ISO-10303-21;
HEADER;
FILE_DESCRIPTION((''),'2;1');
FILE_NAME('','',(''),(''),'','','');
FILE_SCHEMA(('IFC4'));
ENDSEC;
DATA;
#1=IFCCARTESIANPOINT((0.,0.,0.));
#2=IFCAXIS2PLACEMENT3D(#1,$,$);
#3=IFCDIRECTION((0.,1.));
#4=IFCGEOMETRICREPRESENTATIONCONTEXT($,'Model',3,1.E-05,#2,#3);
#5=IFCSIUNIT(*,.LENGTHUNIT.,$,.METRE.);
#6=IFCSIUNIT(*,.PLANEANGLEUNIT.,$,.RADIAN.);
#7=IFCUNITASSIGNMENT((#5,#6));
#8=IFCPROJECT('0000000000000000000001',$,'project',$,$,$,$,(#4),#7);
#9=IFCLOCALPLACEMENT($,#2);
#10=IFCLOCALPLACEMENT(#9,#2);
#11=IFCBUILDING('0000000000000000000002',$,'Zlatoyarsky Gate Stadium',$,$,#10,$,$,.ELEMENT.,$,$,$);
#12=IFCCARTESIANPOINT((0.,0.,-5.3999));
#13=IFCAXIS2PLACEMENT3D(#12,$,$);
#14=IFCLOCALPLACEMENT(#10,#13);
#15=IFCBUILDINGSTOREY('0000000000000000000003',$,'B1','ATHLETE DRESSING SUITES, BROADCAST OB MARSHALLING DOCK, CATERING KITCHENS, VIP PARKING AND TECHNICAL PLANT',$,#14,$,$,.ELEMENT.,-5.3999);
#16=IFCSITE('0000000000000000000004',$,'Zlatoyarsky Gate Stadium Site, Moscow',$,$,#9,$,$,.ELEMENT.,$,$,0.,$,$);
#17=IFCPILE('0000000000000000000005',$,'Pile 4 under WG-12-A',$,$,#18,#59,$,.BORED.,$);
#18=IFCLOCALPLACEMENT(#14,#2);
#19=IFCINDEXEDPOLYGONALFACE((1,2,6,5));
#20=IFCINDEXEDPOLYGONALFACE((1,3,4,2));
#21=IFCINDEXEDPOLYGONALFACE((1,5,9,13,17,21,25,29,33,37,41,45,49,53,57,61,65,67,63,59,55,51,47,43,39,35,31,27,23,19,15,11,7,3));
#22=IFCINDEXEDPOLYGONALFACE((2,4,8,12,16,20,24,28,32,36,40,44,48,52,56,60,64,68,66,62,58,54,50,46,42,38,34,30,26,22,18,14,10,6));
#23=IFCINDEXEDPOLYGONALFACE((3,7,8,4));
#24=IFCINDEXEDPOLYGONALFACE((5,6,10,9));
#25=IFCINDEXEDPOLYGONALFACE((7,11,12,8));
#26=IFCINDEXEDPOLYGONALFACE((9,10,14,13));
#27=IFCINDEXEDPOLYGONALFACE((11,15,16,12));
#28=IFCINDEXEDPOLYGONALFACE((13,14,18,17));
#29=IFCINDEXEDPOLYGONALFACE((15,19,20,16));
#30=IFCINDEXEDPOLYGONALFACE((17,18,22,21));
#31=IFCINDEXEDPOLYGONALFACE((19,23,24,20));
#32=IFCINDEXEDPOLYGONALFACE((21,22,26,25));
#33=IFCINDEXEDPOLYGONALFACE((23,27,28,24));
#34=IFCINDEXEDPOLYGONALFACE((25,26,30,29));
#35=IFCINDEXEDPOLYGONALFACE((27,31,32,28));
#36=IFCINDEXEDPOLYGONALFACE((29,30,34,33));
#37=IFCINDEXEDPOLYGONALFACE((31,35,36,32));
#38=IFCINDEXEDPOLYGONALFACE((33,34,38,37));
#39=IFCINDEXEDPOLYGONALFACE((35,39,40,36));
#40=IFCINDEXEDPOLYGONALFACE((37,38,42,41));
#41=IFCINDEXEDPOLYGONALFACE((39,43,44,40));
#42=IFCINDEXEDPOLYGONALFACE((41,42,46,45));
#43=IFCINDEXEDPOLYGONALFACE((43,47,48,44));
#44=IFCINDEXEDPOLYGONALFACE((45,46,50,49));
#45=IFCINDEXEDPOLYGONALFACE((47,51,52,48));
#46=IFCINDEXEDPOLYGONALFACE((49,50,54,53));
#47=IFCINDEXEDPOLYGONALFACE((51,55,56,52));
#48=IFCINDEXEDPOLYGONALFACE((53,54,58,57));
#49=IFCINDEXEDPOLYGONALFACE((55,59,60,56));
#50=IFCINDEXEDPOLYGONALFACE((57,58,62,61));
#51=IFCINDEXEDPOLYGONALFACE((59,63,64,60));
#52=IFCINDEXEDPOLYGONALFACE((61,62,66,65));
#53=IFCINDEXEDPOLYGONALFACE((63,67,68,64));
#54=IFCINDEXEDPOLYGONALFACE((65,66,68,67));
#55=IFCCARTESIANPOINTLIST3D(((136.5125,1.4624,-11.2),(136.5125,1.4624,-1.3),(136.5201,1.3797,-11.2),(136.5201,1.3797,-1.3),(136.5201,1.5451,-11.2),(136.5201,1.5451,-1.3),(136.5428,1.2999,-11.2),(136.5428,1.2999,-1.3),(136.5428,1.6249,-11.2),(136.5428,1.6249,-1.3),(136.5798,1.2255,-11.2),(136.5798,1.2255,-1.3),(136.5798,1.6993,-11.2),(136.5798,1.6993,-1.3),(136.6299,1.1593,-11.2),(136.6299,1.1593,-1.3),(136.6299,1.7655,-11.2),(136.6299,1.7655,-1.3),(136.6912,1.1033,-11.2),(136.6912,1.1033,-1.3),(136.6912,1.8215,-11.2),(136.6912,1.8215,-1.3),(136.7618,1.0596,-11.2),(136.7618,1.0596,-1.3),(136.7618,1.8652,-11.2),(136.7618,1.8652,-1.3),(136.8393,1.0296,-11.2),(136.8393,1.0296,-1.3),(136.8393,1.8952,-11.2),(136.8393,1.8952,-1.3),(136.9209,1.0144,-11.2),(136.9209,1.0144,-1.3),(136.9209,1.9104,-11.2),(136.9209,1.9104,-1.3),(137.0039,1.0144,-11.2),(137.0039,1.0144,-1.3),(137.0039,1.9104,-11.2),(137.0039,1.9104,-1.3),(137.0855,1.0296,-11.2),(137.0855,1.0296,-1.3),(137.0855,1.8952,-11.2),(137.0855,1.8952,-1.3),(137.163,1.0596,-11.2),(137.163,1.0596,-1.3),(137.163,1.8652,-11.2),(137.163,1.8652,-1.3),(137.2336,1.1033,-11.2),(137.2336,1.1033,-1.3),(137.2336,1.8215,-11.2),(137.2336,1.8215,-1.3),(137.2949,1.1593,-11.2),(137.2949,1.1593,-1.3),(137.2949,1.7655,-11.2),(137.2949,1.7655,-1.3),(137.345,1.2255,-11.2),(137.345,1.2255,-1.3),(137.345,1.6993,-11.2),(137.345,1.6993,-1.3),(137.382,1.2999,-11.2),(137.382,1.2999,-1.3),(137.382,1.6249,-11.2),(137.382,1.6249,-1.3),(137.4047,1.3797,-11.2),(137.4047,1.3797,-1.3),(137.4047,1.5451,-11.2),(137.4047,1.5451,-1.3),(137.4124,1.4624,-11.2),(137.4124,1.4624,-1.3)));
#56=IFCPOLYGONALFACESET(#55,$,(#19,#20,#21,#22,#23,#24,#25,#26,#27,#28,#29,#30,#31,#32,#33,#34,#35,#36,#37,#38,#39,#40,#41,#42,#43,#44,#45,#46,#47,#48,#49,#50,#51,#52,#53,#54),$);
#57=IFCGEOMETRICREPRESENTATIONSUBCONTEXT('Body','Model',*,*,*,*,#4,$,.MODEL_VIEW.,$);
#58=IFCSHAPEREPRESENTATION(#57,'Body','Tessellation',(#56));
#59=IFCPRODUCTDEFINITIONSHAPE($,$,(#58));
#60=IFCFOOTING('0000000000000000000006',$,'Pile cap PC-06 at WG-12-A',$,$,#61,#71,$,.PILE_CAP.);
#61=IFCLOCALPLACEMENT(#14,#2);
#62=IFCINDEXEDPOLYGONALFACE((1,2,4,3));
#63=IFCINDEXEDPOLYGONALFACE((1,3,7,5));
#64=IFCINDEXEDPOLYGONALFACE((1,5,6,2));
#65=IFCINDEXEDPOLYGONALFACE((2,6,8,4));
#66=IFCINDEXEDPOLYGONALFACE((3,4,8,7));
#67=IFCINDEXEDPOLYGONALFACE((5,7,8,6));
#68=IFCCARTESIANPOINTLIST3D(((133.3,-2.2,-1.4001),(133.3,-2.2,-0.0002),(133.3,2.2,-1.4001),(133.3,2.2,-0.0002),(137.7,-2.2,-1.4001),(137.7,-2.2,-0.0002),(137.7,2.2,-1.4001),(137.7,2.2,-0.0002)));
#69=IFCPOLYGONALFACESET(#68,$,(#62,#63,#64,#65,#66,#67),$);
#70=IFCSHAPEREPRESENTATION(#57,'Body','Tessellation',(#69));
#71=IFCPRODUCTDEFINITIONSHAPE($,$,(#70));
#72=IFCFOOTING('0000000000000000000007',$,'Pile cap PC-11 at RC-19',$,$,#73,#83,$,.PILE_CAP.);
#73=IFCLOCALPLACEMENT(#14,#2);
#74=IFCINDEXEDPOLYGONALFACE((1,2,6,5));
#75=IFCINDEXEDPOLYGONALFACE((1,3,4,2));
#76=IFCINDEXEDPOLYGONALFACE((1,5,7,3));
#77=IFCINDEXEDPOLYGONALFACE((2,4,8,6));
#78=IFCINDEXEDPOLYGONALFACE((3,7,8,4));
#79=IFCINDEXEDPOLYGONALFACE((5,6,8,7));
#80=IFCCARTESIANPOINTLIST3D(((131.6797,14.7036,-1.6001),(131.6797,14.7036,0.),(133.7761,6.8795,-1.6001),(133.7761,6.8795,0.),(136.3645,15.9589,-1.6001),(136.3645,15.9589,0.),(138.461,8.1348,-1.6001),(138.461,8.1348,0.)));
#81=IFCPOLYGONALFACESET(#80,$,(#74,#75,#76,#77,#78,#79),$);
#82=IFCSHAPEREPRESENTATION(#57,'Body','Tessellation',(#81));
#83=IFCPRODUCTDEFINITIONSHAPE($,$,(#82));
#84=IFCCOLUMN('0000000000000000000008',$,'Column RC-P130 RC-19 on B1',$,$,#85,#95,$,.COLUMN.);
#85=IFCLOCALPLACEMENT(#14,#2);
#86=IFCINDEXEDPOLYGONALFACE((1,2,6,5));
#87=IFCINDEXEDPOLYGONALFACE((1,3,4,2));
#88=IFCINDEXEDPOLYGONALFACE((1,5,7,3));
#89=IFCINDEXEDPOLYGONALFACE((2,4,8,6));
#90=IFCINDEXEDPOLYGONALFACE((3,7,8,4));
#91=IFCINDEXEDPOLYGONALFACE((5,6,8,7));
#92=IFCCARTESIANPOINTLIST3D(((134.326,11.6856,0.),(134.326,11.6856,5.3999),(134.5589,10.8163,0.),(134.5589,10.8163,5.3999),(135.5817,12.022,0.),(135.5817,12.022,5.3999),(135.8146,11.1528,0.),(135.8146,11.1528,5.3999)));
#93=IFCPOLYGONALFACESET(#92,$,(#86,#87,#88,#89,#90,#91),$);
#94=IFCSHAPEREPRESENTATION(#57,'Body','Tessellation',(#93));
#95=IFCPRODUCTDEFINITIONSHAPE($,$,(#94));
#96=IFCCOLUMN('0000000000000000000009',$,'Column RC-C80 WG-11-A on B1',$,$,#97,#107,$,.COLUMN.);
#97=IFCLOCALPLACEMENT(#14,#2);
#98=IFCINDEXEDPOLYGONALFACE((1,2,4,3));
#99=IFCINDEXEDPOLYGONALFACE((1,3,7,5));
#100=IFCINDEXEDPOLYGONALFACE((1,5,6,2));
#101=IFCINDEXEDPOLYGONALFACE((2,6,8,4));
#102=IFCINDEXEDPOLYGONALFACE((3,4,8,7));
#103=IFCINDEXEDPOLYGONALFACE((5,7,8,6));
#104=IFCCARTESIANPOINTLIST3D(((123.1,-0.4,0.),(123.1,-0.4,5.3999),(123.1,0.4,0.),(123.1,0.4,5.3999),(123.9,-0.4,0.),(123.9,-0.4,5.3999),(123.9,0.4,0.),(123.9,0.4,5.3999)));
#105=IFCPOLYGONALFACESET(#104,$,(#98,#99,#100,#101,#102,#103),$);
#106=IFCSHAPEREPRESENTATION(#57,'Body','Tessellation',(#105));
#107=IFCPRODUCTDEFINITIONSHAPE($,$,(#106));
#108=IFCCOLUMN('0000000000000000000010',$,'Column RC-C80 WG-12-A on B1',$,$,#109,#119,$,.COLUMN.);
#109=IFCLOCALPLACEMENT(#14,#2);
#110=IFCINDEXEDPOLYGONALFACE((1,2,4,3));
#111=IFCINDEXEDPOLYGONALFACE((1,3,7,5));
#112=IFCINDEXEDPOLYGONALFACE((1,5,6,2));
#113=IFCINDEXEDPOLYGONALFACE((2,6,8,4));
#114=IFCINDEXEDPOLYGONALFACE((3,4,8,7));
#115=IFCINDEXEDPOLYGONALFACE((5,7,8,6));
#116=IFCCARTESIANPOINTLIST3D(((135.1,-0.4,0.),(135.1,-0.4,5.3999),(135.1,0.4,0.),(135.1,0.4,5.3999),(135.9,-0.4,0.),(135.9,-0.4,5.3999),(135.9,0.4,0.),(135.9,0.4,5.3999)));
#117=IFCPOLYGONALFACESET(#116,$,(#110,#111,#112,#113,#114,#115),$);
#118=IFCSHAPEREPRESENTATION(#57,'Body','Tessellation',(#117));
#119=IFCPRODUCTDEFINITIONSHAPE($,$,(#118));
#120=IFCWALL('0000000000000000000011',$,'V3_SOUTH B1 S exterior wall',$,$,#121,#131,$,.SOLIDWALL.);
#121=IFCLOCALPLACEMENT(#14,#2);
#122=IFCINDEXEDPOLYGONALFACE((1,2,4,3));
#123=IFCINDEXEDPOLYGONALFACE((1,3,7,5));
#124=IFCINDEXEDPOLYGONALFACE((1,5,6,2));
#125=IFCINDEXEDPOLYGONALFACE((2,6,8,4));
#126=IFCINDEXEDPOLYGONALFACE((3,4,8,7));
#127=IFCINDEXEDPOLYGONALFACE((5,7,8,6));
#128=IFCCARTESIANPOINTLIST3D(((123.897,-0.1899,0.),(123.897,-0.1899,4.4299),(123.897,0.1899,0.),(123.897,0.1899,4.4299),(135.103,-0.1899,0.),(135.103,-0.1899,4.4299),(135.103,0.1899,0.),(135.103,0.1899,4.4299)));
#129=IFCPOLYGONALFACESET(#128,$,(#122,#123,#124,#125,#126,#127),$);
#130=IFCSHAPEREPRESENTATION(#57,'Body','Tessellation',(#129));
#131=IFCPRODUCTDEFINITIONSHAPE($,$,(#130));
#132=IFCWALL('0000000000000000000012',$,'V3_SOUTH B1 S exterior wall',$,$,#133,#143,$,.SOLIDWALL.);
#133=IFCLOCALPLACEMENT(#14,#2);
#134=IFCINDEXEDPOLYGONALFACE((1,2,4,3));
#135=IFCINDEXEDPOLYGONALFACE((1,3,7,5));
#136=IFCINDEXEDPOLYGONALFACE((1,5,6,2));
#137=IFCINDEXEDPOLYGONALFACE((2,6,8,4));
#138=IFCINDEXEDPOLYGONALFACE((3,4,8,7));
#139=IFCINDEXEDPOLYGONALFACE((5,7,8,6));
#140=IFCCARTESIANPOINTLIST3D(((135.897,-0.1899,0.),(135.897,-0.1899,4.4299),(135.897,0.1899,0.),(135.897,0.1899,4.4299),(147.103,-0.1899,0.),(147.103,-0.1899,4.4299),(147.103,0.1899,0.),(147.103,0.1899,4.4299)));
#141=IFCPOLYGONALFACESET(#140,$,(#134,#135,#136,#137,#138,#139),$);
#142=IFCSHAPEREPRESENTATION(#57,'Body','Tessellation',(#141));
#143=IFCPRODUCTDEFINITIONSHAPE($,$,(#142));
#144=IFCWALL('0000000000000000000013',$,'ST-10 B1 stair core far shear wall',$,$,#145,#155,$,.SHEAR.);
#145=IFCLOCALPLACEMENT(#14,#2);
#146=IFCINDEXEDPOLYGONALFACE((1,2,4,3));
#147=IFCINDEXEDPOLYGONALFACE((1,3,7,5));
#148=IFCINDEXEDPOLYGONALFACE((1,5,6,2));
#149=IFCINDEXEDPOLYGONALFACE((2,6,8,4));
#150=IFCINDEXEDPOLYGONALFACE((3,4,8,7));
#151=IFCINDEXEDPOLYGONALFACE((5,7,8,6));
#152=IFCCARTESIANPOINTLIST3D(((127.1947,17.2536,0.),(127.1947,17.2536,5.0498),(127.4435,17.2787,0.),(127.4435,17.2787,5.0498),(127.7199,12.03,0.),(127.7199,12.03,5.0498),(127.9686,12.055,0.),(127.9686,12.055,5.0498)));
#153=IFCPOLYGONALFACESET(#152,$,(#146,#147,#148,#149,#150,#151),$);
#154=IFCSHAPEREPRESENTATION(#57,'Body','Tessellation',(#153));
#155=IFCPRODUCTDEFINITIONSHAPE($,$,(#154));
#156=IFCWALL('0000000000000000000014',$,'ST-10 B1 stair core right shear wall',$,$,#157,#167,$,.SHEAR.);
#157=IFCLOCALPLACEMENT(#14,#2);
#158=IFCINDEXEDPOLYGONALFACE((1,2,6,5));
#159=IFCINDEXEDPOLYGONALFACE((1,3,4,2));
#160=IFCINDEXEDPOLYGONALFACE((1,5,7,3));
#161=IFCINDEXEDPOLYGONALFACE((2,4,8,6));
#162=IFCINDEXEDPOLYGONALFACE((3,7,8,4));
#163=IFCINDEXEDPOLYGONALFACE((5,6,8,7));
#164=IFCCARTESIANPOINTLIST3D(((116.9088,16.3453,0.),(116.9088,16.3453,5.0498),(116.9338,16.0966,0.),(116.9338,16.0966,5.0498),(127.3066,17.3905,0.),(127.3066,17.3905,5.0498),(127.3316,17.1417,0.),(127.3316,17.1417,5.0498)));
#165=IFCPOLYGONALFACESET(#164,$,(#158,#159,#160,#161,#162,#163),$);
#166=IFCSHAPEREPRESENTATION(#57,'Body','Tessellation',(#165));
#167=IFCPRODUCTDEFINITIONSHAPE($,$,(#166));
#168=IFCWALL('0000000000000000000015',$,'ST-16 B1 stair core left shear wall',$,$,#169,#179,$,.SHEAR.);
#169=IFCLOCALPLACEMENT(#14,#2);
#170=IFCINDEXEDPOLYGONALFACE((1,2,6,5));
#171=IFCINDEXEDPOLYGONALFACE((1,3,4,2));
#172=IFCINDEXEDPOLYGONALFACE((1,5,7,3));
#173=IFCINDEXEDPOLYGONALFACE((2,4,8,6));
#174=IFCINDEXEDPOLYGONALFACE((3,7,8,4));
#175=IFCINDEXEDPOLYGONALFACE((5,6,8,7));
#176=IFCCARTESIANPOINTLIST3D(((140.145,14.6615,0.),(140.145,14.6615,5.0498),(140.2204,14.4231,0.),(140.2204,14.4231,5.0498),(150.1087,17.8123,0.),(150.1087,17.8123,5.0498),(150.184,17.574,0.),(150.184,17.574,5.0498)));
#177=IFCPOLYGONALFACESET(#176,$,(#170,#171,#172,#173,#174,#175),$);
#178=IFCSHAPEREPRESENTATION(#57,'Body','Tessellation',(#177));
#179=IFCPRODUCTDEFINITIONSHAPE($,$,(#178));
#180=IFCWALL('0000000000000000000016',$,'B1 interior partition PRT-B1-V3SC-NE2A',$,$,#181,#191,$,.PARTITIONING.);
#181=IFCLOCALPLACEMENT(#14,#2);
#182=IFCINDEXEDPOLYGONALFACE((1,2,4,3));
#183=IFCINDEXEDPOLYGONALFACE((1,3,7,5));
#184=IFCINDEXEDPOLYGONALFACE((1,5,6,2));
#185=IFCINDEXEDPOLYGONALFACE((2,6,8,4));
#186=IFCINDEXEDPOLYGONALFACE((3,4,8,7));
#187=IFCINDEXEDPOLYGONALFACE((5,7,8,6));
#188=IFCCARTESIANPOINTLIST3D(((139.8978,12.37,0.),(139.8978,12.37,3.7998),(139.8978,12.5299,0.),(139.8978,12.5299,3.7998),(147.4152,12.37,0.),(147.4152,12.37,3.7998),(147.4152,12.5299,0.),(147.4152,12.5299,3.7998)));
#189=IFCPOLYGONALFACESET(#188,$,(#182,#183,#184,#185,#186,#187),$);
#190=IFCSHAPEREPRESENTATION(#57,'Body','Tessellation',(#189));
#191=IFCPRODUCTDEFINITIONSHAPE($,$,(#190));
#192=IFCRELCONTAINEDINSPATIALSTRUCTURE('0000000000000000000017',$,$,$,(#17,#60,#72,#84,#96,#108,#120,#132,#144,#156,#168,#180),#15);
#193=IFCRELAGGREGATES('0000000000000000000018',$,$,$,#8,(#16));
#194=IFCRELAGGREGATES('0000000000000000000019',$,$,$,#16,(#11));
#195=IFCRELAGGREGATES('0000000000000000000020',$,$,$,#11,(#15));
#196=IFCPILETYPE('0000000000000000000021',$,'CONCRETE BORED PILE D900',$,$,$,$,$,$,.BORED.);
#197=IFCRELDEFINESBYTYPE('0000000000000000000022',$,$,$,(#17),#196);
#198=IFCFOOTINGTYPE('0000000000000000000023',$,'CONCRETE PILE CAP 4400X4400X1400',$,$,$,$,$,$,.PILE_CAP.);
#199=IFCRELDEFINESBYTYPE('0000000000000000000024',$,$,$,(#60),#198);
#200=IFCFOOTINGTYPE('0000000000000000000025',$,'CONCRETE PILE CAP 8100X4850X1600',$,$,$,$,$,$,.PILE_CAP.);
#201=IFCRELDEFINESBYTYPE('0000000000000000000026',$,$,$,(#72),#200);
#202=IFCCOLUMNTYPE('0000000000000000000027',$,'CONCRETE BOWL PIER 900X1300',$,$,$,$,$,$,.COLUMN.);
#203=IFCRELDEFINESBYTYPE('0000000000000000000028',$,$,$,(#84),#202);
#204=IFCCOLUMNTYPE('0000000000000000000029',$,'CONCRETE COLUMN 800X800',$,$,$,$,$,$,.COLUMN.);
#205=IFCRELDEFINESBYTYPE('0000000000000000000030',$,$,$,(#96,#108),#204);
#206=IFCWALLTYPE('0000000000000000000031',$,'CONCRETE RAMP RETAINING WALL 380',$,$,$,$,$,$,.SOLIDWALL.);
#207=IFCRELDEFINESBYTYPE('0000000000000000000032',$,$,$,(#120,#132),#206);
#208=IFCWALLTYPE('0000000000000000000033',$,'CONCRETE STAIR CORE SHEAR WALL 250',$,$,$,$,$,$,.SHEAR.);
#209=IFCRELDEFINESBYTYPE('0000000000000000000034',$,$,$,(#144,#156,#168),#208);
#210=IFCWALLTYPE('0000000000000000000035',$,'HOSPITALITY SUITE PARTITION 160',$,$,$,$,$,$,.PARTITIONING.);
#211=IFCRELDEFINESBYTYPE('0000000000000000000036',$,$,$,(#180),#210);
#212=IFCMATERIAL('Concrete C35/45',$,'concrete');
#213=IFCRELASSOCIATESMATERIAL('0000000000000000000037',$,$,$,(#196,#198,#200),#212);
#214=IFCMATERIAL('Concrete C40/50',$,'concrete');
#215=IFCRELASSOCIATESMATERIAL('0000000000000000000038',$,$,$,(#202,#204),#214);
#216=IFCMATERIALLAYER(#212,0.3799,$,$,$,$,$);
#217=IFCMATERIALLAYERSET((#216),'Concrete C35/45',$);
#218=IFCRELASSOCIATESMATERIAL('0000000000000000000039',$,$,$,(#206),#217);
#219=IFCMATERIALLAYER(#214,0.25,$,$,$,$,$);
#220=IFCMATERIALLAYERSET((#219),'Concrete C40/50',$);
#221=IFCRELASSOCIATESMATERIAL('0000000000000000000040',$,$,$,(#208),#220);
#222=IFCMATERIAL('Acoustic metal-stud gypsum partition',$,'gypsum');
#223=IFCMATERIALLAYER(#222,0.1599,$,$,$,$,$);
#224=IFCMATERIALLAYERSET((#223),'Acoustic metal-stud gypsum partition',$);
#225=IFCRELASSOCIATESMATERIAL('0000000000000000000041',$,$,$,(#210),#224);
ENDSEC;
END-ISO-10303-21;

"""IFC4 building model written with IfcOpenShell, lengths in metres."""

from ifc_helpers import new_model, si_unit, direction, frame, frame_2d, origin, origin_2d, place, context, subcontext, project, spatial, rectangle, circle, extrude, material, layer, layer_set, material_profile, profile_set, type_object, element, save


model = new_model("IFC4")

# Units and contexts
model_context = context("Model", 3, precision=1e-05, world=origin(), true_north=direction((0.0, 1.0)))
body_context = subcontext(model_context, "Body", "Model", "MODEL_VIEW")
ifc_project = project(units=[si_unit("LENGTHUNIT", "METRE"), si_unit("PLANEANGLEUNIT", "RADIAN")], contexts=[model_context])

# Site, building, storey
site_placement = place(None, origin())
site = spatial("IfcSite", under=ifc_project, at=site_placement, Name="Zlatoyarsky Gate Stadium Site, Moscow", CompositionType="ELEMENT", RefElevation=0.0)
building_placement = place(site_placement, origin())
building = spatial("IfcBuilding", under=site, at=building_placement, Name="Zlatoyarsky Gate Stadium", CompositionType="ELEMENT")
storey_placement = place(building_placement, frame((0.0, 0.0, -5.3999)))
storey = spatial("IfcBuildingStorey", under=building, at=storey_placement, Name="B1", Description="ATHLETE DRESSING SUITES, BROADCAST OB MARSHALLING DOCK, CATERING KITCHENS, VIP PARKING AND TECHNICAL PLANT", CompositionType="ELEMENT", Elevation=-5.3999)

# Pile
ifc_material_1 = material(Name="Concrete C35/45", Category="concrete")
ifc_material_profile_1 = material_profile(ifc_material_1, circle(Radius=0.45, at=origin_2d()), Name="BORED PILE D900")
ifc_profile_set_1 = profile_set([ifc_material_profile_1], Name="Concrete C35/45")
pile_type_1 = type_object("IfcPileType", Name="CONCRETE BORED PILE D900", PredefinedType="BORED", material=ifc_profile_set_1)
for number, where, z_axis, x_axis, name in (
    (1, (136.9624, 1.4624, -1.3), (0.0, 0.0, -1.0), (1.0, 0.0, 0.0), "Pile 4 under WG-12-A"),
):
    element("IfcPile", number, at=place(storey_placement, frame(where, z_axis=z_axis, x_axis=x_axis)), inside=storey, type_object=pile_type_1, Name=name, PredefinedType="BORED", context=body_context, shape_type="SweptSolid", body=[
        extrude(circle(Radius=0.45, at=origin_2d()), origin(), (0.0, 0.0, 1.0), 9.8999),
    ])

# Footings
footing_type_1 = type_object("IfcFootingType", Name="CONCRETE PILE CAP 4400X4400X1400", PredefinedType="PILE_CAP", material=ifc_material_1)
footing_1_placement = place(storey_placement, frame((135.5, 0.0, -1.4001), z_axis=(0.0, 0.0, 1.0), x_axis=(1.0, 0.0, 0.0)))
element("IfcFooting", 2, at=footing_1_placement, inside=storey, type_object=footing_type_1, Name="Pile cap PC-06 at WG-12-A", PredefinedType="PILE_CAP", context=body_context, shape_type="SweptSolid", body=[
    extrude(rectangle(XDim=4.3999, YDim=4.3999, at=origin_2d()), origin(), (0.0, 0.0, 1.0), 1.3999),
])
footing_type_2 = type_object("IfcFootingType", Name="CONCRETE PILE CAP 8100X4850X1600", PredefinedType="PILE_CAP", material=ifc_material_1)
footing_2_placement = place(storey_placement, frame((135.0703, 11.4192, -1.6001), z_axis=(0.0, 0.0, 1.0), x_axis=(0.258819, -0.965926, 0.0)))
element("IfcFooting", 3, at=footing_2_placement, inside=storey, type_object=footing_type_2, Name="Pile cap PC-11 at RC-19", PredefinedType="PILE_CAP", context=body_context, shape_type="SweptSolid", body=[
    extrude(rectangle(XDim=8.1001, YDim=4.8501, at=origin_2d()), origin(), (0.0, 0.0, 1.0), 1.6001),
])

# Columns
ifc_material_2 = material(Name="Concrete C40/50", Category="concrete")
ifc_material_profile_2 = material_profile(ifc_material_2, rectangle(XDim=0.8999, YDim=1.3, at=origin_2d()), Name="RC PIER 900X1300")
ifc_profile_set_2 = profile_set([ifc_material_profile_2], Name="Concrete C40/50")
column_type_1 = type_object("IfcColumnType", Name="CONCRETE BOWL PIER 900X1300", PredefinedType="COLUMN", material=ifc_profile_set_2)
column_placement = place(storey_placement, frame((135.0703, 11.4192, 0.0), z_axis=(0.0, 0.0, 1.0), x_axis=(0.258819, -0.965926, 0.0)))
element("IfcColumn", 4, at=column_placement, inside=storey, type_object=column_type_1, Name="Column RC-P130 RC-19 on B1", PredefinedType="COLUMN", context=body_context, shape_type="SweptSolid", body=[
    extrude(rectangle(XDim=0.8999, YDim=1.3, at=origin_2d()), origin(), (0.0, 0.0, 1.0), 5.3999),
])
ifc_material_profile_3 = material_profile(ifc_material_2, rectangle(XDim=0.8, YDim=0.8, at=origin_2d()), Name="RC COL 800X800")
ifc_profile_set_3 = profile_set([ifc_material_profile_3], Name="Concrete C40/50")
column_type_2 = type_object("IfcColumnType", Name="CONCRETE COLUMN 800X800", PredefinedType="COLUMN", material=ifc_profile_set_3)
for number, where, z_axis, x_axis, name in (
    (5, (123.5, 0.0, 0.0), (0.0, 0.0, 1.0), (1.0, 0.0, 0.0), "Column RC-C80 WG-11-A on B1"),
    (6, (135.5, 0.0, 0.0), (0.0, 0.0, 1.0), (1.0, 0.0, 0.0), "Column RC-C80 WG-12-A on B1"),
):
    element("IfcColumn", number, at=place(storey_placement, frame(where, z_axis=z_axis, x_axis=x_axis)), inside=storey, type_object=column_type_2, Name=name, PredefinedType="COLUMN", context=body_context, shape_type="SweptSolid", body=[
        extrude(rectangle(XDim=0.8, YDim=0.8, at=origin_2d()), origin(), (0.0, 0.0, 1.0), 5.3999),
    ])

# Walls
ifc_layer_1 = layer(ifc_material_1, 0.3799)
ifc_layer_set_1 = layer_set([ifc_layer_1], Name="Concrete C35/45")
wall_type_1 = type_object("IfcWallType", Name="CONCRETE RAMP RETAINING WALL 380", PredefinedType="SOLIDWALL", material=ifc_layer_set_1)
for number, where, z_axis, x_axis, name in (
    (7, (123.897, 0.0, 0.0), (0.0, 0.0, 1.0), (1.0, 0.0, 0.0), "V3_SOUTH B1 S exterior wall"),
    (8, (135.897, 0.0, 0.0), (0.0, 0.0, 1.0), (1.0, 0.0, 0.0), "V3_SOUTH B1 S exterior wall"),
):
    element("IfcWall", number, at=place(storey_placement, frame(where, z_axis=z_axis, x_axis=x_axis)), inside=storey, type_object=wall_type_1, Name=name, PredefinedType="SOLIDWALL", context=body_context, shape_type="SweptSolid", body=[
        extrude(rectangle(XDim=11.2061, YDim=0.3799, at=frame_2d((5.603, 0.0))), origin(), (0.0, 0.0, 1.0), 4.4299),
    ])
ifc_layer_2 = layer(ifc_material_2, 0.25)
ifc_layer_set_2 = layer_set([ifc_layer_2], Name="Concrete C40/50")
wall_type_2 = type_object("IfcWallType", Name="CONCRETE STAIR CORE SHEAR WALL 250", PredefinedType="SHEAR", material=ifc_layer_set_2)
wall_1_placement = place(storey_placement, frame((127.8442, 12.0425, 0.0), z_axis=(0.0, 0.0, 1.0), x_axis=(-0.100029, 0.994985, 0.0)))
element("IfcWall", 9, at=wall_1_placement, inside=storey, type_object=wall_type_2, Name="ST-10 B1 stair core far shear wall", PredefinedType="SHEAR", context=body_context, shape_type="SweptSolid", body=[
    extrude(rectangle(XDim=5.25, YDim=0.25, at=frame_2d((2.625, 0.0))), origin(), (0.0, 0.0, 1.0), 5.0498),
])
wall_2_placement = place(storey_placement, frame((127.3191, 17.2661, 0.0), z_axis=(0.0, 0.0, 1.0), x_axis=(-0.994986, -0.100015, 0.0)))
element("IfcWall", 10, at=wall_2_placement, inside=storey, type_object=wall_type_2, Name="ST-10 B1 stair core right shear wall", PredefinedType="SHEAR", context=body_context, shape_type="SweptSolid", body=[
    extrude(rectangle(XDim=10.4502, YDim=0.25, at=frame_2d((5.2251, 0.0))), origin(), (0.0, 0.0, 1.0), 5.0498),
])
wall_3_placement = place(storey_placement, frame((140.1826, 14.5422, 0.0), z_axis=(0.0, 0.0, 1.0), x_axis=(0.95346, 0.30152, 0.0)))
element("IfcWall", 11, at=wall_3_placement, inside=storey, type_object=wall_type_2, Name="ST-16 B1 stair core left shear wall", PredefinedType="SHEAR", context=body_context, shape_type="SweptSolid", body=[
    extrude(rectangle(XDim=10.45, YDim=0.25, at=frame_2d((5.2251, 0.0))), origin(), (0.0, 0.0, 1.0), 5.0498),
])
ifc_material_3 = material(Name="Acoustic metal-stud gypsum partition", Category="gypsum")
ifc_layer_3 = layer(ifc_material_3, 0.1599)
ifc_layer_set_3 = layer_set([ifc_layer_3], Name="Acoustic metal-stud gypsum partition")
wall_type_3 = type_object("IfcWallType", Name="HOSPITALITY SUITE PARTITION 160", PredefinedType="PARTITIONING", material=ifc_layer_set_3)
wall_4_placement = place(storey_placement, frame((139.8977, 12.45, 0.0), z_axis=(0.0, 0.0, 1.0), x_axis=(1.0, 0.0, 0.0)))
element("IfcWall", 12, at=wall_4_placement, inside=storey, type_object=wall_type_3, Name="B1 interior partition PRT-B1-V3SC-NE2A", PredefinedType="PARTITIONING", context=body_context, shape_type="SweptSolid", body=[
    extrude(rectangle(XDim=7.5173, YDim=0.1599, at=frame_2d((3.7588, 0.0))), origin(), (0.0, 0.0, 1.0), 3.7998),
])

save(model, "model.ifc")
